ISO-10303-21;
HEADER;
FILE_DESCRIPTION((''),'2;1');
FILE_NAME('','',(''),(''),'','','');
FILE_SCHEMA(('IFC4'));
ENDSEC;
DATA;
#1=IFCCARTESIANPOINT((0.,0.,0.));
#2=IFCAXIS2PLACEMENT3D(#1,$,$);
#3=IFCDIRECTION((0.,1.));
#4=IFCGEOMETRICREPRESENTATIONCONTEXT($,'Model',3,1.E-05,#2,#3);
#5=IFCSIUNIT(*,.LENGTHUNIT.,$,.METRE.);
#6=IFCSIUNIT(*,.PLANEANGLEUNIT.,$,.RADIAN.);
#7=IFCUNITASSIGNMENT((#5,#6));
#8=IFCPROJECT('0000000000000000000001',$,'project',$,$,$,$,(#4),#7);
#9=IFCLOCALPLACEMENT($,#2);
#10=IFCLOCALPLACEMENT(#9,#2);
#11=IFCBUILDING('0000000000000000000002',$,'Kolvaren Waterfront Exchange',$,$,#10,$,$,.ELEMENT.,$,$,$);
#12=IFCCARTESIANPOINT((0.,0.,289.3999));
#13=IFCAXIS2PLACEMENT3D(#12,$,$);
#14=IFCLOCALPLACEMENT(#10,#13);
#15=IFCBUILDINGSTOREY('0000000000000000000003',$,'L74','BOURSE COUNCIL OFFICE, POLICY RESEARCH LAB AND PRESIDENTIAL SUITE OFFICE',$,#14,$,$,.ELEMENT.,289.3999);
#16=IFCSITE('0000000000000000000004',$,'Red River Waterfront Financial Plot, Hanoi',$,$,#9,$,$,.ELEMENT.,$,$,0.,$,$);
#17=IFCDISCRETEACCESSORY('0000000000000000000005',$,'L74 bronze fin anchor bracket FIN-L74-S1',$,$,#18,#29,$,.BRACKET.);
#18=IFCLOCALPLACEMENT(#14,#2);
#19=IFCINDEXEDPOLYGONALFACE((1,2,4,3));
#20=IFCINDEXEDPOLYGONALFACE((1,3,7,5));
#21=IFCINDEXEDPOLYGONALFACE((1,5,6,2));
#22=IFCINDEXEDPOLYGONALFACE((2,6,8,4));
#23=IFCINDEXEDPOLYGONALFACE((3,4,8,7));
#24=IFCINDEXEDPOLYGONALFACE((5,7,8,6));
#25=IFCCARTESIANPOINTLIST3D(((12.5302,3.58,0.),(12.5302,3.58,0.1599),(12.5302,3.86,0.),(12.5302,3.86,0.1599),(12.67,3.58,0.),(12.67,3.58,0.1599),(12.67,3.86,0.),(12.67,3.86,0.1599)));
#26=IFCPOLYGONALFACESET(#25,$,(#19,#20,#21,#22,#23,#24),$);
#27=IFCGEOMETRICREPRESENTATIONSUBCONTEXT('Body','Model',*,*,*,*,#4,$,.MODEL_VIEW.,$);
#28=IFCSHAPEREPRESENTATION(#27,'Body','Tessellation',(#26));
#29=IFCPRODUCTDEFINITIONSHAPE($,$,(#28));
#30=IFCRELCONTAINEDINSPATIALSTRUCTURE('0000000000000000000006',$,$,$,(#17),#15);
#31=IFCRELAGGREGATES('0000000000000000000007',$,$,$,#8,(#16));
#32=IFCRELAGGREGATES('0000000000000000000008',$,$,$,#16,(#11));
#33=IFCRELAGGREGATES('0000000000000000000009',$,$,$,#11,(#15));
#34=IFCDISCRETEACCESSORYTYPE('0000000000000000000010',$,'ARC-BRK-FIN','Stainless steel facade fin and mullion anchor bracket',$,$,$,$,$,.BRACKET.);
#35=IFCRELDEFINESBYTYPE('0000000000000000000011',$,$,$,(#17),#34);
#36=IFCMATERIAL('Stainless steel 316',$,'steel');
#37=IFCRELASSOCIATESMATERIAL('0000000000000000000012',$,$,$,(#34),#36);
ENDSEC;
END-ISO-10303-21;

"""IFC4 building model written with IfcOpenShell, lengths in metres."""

from ifc_helpers import new_model, si_unit, direction, frame, origin, origin_with_axes, origin_2d, place, context, subcontext, project, spatial, rectangle, extrude, source, transform, mapped, material, type_object, element, save


model = new_model("IFC4")

# Units and contexts
model_context = context("Model", 3, precision=1e-05, world=origin(), true_north=direction((0.0, 1.0)))
body_context = subcontext(model_context, "Body", "Model", "MODEL_VIEW")
ifc_project = project(units=[si_unit("LENGTHUNIT", "METRE"), si_unit("PLANEANGLEUNIT", "RADIAN")], contexts=[model_context])

# Site, building, storey
site_placement = place(None, origin())
site = spatial("IfcSite", under=ifc_project, at=site_placement, Name="Red River Waterfront Financial Plot, Hanoi", CompositionType="ELEMENT", RefElevation=0.0)
building_placement = place(site_placement, origin())
building = spatial("IfcBuilding", under=site, at=building_placement, Name="Kolvaren Waterfront Exchange", CompositionType="ELEMENT")
storey_placement = place(building_placement, frame((0.0, 0.0, 289.3999)))
storey = spatial("IfcBuildingStorey", under=building, at=storey_placement, Name="L74", Description="BOURSE COUNCIL OFFICE, POLICY RESEARCH LAB AND PRESIDENTIAL SUITE OFFICE", CompositionType="ELEMENT", Elevation=289.3999)

# Discrete accessory
ifc_material_1 = material(Name="Stainless steel 316", Category="steel")
discrete_accessory_type = type_object("IfcDiscreteAccessoryType", Name="ARC-BRK-FIN", Description="Stainless steel facade fin and mullion anchor bracket", PredefinedType="BRACKET", material=ifc_material_1)
shared_shape_1 = source(origin_with_axes(), body_context, "Body", "SweptSolid", [
    extrude(rectangle(XDim=0.28, YDim=0.1399, at=origin_2d()), origin(), (0.0, 0.0, 1.0), 0.1599),
])
discrete_accessory_placement = place(storey_placement, frame((12.6001, 3.72, 0.0), z_axis=(0.0, 0.0, 1.0), x_axis=(0.0, -1.0, 0.0)))
element("IfcDiscreteAccessory", 1, at=discrete_accessory_placement, inside=storey, type_object=discrete_accessory_type, Name="L74 bronze fin anchor bracket FIN-L74-S1", PredefinedType="BRACKET", context=body_context, shape_type="MappedRepresentation", body=[
    mapped(shared_shape_1, transform((0.0, 0.0, 0.0), x_axis=(1.0, 0.0, 0.0), y_axis=(0.0, 1.0, 0.0), z_axis=(0.0, 0.0, 1.0), scale=1.0)),
])

save(model, "model.ifc")
